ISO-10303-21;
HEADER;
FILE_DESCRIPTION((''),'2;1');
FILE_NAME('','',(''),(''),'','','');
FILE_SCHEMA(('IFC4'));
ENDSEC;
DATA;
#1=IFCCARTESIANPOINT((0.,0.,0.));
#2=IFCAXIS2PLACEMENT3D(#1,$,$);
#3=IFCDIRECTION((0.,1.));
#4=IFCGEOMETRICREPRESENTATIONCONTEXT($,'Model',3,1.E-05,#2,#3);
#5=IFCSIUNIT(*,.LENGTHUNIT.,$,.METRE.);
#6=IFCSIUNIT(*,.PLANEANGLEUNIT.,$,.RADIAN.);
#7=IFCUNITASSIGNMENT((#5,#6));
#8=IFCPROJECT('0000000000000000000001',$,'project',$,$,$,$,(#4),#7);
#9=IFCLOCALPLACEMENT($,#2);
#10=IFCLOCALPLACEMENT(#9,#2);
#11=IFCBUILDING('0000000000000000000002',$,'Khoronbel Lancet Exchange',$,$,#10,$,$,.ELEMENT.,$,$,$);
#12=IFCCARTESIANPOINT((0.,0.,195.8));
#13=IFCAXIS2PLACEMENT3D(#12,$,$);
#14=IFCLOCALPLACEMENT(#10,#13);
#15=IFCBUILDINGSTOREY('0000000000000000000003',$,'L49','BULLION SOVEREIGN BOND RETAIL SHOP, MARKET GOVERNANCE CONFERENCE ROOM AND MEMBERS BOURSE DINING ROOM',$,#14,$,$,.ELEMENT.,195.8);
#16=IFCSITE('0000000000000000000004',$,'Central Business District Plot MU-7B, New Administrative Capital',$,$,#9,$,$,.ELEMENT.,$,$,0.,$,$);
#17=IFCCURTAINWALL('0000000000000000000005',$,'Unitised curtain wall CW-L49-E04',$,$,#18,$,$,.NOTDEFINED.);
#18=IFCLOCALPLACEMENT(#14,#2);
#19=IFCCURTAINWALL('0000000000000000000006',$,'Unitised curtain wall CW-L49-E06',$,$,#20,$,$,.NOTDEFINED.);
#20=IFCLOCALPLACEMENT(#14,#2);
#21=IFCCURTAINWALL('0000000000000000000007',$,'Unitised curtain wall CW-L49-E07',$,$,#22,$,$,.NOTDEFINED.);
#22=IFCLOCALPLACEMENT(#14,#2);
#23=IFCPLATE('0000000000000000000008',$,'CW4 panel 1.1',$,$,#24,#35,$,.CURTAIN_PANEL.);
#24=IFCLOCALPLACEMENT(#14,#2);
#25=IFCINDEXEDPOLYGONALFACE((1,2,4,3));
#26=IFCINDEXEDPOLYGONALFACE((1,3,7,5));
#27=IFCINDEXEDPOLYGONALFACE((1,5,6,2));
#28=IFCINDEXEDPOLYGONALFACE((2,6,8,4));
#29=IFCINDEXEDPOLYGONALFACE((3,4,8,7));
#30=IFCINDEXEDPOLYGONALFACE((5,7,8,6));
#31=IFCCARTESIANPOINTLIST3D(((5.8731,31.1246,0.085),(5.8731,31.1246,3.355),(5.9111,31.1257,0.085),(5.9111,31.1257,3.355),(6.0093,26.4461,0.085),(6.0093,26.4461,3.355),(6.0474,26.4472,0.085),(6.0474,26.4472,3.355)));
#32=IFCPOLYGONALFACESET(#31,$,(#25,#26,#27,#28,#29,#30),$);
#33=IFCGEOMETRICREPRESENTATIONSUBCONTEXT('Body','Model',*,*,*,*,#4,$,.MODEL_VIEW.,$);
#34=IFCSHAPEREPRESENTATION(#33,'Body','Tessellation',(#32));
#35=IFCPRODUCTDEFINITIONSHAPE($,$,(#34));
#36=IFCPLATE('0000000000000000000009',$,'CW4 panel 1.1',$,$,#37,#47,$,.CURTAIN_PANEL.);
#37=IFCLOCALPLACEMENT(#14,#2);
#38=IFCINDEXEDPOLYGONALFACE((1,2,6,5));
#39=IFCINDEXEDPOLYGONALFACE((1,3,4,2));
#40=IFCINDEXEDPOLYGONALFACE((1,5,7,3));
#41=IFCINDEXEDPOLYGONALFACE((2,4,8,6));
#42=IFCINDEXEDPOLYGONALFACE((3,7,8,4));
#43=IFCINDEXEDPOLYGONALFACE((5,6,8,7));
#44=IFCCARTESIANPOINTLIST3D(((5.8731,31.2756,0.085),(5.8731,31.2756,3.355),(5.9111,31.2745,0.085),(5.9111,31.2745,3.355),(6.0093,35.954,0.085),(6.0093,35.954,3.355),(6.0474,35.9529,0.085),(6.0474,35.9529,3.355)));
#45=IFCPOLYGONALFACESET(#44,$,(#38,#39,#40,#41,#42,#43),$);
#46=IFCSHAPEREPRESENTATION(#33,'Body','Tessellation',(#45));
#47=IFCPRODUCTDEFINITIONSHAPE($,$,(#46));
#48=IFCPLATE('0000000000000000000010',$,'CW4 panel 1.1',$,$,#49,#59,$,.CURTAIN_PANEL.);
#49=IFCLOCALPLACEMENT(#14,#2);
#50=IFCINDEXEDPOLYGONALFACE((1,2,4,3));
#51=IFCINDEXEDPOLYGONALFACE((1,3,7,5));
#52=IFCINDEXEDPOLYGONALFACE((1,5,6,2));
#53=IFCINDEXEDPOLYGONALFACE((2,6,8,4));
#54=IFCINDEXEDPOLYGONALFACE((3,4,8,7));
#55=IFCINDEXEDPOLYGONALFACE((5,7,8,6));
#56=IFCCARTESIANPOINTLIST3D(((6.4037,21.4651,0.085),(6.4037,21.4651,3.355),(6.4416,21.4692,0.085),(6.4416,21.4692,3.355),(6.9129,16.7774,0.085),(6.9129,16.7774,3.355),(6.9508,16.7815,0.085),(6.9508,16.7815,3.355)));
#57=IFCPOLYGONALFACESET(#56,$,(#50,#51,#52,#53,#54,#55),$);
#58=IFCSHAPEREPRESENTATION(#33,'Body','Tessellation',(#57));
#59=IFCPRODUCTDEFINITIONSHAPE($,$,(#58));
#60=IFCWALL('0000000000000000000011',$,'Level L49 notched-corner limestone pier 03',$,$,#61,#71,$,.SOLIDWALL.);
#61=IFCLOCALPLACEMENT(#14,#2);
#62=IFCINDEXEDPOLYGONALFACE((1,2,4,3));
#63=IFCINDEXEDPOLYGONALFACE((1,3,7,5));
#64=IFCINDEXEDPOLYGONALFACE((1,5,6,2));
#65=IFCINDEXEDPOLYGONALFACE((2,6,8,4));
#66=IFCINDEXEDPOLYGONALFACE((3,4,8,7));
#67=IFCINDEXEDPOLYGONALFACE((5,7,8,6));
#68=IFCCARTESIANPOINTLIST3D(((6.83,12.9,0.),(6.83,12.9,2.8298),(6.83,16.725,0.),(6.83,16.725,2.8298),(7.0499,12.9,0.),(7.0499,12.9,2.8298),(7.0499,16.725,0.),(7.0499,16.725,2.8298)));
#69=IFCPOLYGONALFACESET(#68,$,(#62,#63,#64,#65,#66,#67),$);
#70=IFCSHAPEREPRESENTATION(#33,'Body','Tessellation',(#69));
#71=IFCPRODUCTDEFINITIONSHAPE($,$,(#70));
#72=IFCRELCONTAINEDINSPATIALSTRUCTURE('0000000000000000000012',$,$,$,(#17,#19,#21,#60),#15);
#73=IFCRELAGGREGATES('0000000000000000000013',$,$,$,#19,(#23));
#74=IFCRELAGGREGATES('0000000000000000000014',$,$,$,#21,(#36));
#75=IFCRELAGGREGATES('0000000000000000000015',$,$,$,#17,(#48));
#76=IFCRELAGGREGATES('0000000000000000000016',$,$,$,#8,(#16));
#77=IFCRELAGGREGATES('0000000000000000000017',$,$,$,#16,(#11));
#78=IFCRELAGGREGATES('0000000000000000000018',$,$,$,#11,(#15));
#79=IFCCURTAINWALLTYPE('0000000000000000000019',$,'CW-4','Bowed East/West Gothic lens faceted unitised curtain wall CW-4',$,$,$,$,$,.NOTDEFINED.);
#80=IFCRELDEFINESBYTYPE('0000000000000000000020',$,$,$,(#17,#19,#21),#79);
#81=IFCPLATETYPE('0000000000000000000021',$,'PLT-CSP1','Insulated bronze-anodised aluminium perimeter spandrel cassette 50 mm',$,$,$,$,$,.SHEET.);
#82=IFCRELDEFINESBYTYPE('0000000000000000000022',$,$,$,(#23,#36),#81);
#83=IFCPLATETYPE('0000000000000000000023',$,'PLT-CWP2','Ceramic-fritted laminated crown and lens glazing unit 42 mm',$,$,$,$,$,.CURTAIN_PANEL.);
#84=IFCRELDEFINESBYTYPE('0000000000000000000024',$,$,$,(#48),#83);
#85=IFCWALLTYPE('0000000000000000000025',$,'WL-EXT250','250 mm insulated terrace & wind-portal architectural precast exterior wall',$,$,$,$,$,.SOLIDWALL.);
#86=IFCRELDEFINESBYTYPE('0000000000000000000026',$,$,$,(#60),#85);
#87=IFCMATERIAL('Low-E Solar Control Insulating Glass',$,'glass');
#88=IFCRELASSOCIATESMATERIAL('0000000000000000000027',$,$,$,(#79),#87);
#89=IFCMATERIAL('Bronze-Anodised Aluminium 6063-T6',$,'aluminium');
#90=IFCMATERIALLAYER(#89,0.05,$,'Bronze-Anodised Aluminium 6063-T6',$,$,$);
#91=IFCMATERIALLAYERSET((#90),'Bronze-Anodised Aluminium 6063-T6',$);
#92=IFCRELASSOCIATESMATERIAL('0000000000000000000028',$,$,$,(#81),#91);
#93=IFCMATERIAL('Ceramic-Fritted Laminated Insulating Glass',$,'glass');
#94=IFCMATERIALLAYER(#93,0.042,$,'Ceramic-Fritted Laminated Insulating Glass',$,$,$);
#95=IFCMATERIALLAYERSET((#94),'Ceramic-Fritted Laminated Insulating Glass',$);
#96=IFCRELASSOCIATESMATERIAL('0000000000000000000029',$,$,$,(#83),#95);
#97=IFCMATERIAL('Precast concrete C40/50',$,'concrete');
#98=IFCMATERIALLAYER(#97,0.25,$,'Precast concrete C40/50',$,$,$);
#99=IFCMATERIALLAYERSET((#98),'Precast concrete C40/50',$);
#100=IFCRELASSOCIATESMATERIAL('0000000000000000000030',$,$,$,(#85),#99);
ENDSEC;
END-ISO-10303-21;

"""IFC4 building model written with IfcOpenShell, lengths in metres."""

from ifc_helpers import new_model, si_unit, direction, frame, frame_2d, origin, origin_2d, place, context, subcontext, project, spatial, rectangle, extrude, material, layer, layer_set, type_object, element, aggregate, save


model = new_model("IFC4")

# Units and contexts
model_context = context("Model", 3, precision=1e-05, world=origin(), true_north=direction((0.0, 1.0)))
body_context = subcontext(model_context, "Body", "Model", "MODEL_VIEW")
ifc_project = project(units=[si_unit("LENGTHUNIT", "METRE"), si_unit("PLANEANGLEUNIT", "RADIAN")], contexts=[model_context])

# Site, building, storey
site_placement = place(None, origin())
site = spatial("IfcSite", under=ifc_project, at=site_placement, Name="Central Business District Plot MU-7B, New Administrative Capital", CompositionType="ELEMENT", RefElevation=0.0)
building_placement = place(site_placement, origin())
building = spatial("IfcBuilding", under=site, at=building_placement, Name="Khoronbel Lancet Exchange", CompositionType="ELEMENT")
storey_placement = place(building_placement, frame((0.0, 0.0, 195.8)))
storey = spatial("IfcBuildingStorey", under=building, at=storey_placement, Name="L49", Description="BULLION SOVEREIGN BOND RETAIL SHOP, MARKET GOVERNANCE CONFERENCE ROOM AND MEMBERS BOURSE DINING ROOM", CompositionType="ELEMENT", Elevation=195.8)

# Curtain walls
ifc_material_1 = material(Name="Low-E Solar Control Insulating Glass", Category="glass")
curtain_wall_type = type_object("IfcCurtainWallType", Name="CW-4", Description="Bowed East/West Gothic lens faceted unitised curtain wall CW-4", PredefinedType="NOTDEFINED", material=ifc_material_1)
curtain_wall_1_placement = place(storey_placement, origin())
curtain_wall_1 = element("IfcCurtainWall", 1, at=curtain_wall_1_placement, inside=storey, type_object=curtain_wall_type, Name="Unitised curtain wall CW-L49-E04", PredefinedType="NOTDEFINED")
ifc_material_2 = material(Name="Bronze-Anodised Aluminium 6063-T6", Category="aluminium")
curtain_wall_2_placement = place(storey_placement, origin())
curtain_wall_2 = element("IfcCurtainWall", 2, at=curtain_wall_2_placement, inside=storey, type_object=curtain_wall_type, Name="Unitised curtain wall CW-L49-E06", PredefinedType="NOTDEFINED")

# Curtain wall
curtain_wall_3_placement = place(storey_placement, origin())
curtain_wall_3 = element("IfcCurtainWall", 3, at=curtain_wall_3_placement, inside=storey, type_object=curtain_wall_type, Name="Unitised curtain wall CW-L49-E07", PredefinedType="NOTDEFINED")

# Plates
ifc_layer_1 = layer(ifc_material_2, 0.05, Name="Bronze-Anodised Aluminium 6063-T6")
ifc_layer_set_1 = layer_set([ifc_layer_1], Name="Bronze-Anodised Aluminium 6063-T6")
plate_type_1 = type_object("IfcPlateType", Name="PLT-CSP1", Description="Insulated bronze-anodised aluminium perimeter spandrel cassette 50 mm", PredefinedType="SHEET", material=ifc_layer_set_1)
plate_1_placement = place(storey_placement, frame((5.9602, 28.7859, 0.085), z_axis=(0.0, 0.0, 1.0), x_axis=(-0.029107, 0.999576, 0.0)))
plate_1 = element("IfcPlate", 4, at=plate_1_placement, type_object=plate_type_1, Name="CW4 panel 1.1", PredefinedType="CURTAIN_PANEL", context=body_context, shape_type="SweptSolid", body=[
    extrude(rectangle(XDim=4.6804, YDim=0.0381, at=origin_2d()), origin(), (0.0, 0.0, 1.0), 3.27),
])
aggregate(curtain_wall_2, [plate_1])
plate_2_placement = place(storey_placement, frame((5.9602, 33.6143, 0.085), z_axis=(0.0, 0.0, 1.0), x_axis=(0.029107, 0.999576, 0.0)))
plate_2 = element("IfcPlate", 5, at=plate_2_placement, type_object=plate_type_1, Name="CW4 panel 1.1", PredefinedType="CURTAIN_PANEL", context=body_context, shape_type="SweptSolid", body=[
    extrude(rectangle(XDim=4.6804, YDim=0.0381, at=origin_2d()), origin(), (0.0, 0.0, 1.0), 3.27),
])
aggregate(curtain_wall_3, [plate_2])
ifc_material_3 = material(Name="Ceramic-Fritted Laminated Insulating Glass", Category="glass")
ifc_layer_2 = layer(ifc_material_3, 0.042, Name="Ceramic-Fritted Laminated Insulating Glass")
ifc_layer_set_2 = layer_set([ifc_layer_2], Name="Ceramic-Fritted Laminated Insulating Glass")
plate_type_2 = type_object("IfcPlateType", Name="PLT-CWP2", Description="Ceramic-fritted laminated crown and lens glazing unit 42 mm", PredefinedType="CURTAIN_PANEL", material=ifc_layer_set_2)
plate_3_placement = place(storey_placement, frame((6.6772, 19.1233, 0.085), z_axis=(0.0, 0.0, 1.0), x_axis=(-0.10799, 0.994152, 0.0)))
plate_3 = element("IfcPlate", 6, at=plate_3_placement, type_object=plate_type_2, Name="CW4 panel 1.1", PredefinedType="CURTAIN_PANEL", context=body_context, shape_type="SweptSolid", body=[
    extrude(rectangle(XDim=4.7153, YDim=0.0381, at=origin_2d()), origin(), (0.0, 0.0, 1.0), 3.27),
])
aggregate(curtain_wall_1, [plate_3])

# Wall
ifc_material_4 = material(Name="Precast concrete C40/50", Category="concrete")
ifc_layer_3 = layer(ifc_material_4, 0.25, Name="Precast concrete C40/50")
ifc_layer_set_3 = layer_set([ifc_layer_3], Name="Precast concrete C40/50")
wall_type = type_object("IfcWallType", Name="WL-EXT250", Description="250 mm insulated terrace & wind-portal architectural precast exterior wall", PredefinedType="SOLIDWALL", material=ifc_layer_set_3)
wall_placement = place(storey_placement, frame((6.9399, 12.8999, 0.0), z_axis=(0.0, 0.0, 1.0), x_axis=(0.0, 1.0, 0.0)))
element("IfcWall", 7, at=wall_placement, inside=storey, type_object=wall_type, Name="Level L49 notched-corner limestone pier 03", PredefinedType="SOLIDWALL", context=body_context, shape_type="SweptSolid", body=[
    extrude(rectangle(XDim=3.825, YDim=0.22, at=frame_2d((1.9126, 0.0))), origin(), (0.0, 0.0, 1.0), 2.8298),
])

save(model, "model.ifc")
